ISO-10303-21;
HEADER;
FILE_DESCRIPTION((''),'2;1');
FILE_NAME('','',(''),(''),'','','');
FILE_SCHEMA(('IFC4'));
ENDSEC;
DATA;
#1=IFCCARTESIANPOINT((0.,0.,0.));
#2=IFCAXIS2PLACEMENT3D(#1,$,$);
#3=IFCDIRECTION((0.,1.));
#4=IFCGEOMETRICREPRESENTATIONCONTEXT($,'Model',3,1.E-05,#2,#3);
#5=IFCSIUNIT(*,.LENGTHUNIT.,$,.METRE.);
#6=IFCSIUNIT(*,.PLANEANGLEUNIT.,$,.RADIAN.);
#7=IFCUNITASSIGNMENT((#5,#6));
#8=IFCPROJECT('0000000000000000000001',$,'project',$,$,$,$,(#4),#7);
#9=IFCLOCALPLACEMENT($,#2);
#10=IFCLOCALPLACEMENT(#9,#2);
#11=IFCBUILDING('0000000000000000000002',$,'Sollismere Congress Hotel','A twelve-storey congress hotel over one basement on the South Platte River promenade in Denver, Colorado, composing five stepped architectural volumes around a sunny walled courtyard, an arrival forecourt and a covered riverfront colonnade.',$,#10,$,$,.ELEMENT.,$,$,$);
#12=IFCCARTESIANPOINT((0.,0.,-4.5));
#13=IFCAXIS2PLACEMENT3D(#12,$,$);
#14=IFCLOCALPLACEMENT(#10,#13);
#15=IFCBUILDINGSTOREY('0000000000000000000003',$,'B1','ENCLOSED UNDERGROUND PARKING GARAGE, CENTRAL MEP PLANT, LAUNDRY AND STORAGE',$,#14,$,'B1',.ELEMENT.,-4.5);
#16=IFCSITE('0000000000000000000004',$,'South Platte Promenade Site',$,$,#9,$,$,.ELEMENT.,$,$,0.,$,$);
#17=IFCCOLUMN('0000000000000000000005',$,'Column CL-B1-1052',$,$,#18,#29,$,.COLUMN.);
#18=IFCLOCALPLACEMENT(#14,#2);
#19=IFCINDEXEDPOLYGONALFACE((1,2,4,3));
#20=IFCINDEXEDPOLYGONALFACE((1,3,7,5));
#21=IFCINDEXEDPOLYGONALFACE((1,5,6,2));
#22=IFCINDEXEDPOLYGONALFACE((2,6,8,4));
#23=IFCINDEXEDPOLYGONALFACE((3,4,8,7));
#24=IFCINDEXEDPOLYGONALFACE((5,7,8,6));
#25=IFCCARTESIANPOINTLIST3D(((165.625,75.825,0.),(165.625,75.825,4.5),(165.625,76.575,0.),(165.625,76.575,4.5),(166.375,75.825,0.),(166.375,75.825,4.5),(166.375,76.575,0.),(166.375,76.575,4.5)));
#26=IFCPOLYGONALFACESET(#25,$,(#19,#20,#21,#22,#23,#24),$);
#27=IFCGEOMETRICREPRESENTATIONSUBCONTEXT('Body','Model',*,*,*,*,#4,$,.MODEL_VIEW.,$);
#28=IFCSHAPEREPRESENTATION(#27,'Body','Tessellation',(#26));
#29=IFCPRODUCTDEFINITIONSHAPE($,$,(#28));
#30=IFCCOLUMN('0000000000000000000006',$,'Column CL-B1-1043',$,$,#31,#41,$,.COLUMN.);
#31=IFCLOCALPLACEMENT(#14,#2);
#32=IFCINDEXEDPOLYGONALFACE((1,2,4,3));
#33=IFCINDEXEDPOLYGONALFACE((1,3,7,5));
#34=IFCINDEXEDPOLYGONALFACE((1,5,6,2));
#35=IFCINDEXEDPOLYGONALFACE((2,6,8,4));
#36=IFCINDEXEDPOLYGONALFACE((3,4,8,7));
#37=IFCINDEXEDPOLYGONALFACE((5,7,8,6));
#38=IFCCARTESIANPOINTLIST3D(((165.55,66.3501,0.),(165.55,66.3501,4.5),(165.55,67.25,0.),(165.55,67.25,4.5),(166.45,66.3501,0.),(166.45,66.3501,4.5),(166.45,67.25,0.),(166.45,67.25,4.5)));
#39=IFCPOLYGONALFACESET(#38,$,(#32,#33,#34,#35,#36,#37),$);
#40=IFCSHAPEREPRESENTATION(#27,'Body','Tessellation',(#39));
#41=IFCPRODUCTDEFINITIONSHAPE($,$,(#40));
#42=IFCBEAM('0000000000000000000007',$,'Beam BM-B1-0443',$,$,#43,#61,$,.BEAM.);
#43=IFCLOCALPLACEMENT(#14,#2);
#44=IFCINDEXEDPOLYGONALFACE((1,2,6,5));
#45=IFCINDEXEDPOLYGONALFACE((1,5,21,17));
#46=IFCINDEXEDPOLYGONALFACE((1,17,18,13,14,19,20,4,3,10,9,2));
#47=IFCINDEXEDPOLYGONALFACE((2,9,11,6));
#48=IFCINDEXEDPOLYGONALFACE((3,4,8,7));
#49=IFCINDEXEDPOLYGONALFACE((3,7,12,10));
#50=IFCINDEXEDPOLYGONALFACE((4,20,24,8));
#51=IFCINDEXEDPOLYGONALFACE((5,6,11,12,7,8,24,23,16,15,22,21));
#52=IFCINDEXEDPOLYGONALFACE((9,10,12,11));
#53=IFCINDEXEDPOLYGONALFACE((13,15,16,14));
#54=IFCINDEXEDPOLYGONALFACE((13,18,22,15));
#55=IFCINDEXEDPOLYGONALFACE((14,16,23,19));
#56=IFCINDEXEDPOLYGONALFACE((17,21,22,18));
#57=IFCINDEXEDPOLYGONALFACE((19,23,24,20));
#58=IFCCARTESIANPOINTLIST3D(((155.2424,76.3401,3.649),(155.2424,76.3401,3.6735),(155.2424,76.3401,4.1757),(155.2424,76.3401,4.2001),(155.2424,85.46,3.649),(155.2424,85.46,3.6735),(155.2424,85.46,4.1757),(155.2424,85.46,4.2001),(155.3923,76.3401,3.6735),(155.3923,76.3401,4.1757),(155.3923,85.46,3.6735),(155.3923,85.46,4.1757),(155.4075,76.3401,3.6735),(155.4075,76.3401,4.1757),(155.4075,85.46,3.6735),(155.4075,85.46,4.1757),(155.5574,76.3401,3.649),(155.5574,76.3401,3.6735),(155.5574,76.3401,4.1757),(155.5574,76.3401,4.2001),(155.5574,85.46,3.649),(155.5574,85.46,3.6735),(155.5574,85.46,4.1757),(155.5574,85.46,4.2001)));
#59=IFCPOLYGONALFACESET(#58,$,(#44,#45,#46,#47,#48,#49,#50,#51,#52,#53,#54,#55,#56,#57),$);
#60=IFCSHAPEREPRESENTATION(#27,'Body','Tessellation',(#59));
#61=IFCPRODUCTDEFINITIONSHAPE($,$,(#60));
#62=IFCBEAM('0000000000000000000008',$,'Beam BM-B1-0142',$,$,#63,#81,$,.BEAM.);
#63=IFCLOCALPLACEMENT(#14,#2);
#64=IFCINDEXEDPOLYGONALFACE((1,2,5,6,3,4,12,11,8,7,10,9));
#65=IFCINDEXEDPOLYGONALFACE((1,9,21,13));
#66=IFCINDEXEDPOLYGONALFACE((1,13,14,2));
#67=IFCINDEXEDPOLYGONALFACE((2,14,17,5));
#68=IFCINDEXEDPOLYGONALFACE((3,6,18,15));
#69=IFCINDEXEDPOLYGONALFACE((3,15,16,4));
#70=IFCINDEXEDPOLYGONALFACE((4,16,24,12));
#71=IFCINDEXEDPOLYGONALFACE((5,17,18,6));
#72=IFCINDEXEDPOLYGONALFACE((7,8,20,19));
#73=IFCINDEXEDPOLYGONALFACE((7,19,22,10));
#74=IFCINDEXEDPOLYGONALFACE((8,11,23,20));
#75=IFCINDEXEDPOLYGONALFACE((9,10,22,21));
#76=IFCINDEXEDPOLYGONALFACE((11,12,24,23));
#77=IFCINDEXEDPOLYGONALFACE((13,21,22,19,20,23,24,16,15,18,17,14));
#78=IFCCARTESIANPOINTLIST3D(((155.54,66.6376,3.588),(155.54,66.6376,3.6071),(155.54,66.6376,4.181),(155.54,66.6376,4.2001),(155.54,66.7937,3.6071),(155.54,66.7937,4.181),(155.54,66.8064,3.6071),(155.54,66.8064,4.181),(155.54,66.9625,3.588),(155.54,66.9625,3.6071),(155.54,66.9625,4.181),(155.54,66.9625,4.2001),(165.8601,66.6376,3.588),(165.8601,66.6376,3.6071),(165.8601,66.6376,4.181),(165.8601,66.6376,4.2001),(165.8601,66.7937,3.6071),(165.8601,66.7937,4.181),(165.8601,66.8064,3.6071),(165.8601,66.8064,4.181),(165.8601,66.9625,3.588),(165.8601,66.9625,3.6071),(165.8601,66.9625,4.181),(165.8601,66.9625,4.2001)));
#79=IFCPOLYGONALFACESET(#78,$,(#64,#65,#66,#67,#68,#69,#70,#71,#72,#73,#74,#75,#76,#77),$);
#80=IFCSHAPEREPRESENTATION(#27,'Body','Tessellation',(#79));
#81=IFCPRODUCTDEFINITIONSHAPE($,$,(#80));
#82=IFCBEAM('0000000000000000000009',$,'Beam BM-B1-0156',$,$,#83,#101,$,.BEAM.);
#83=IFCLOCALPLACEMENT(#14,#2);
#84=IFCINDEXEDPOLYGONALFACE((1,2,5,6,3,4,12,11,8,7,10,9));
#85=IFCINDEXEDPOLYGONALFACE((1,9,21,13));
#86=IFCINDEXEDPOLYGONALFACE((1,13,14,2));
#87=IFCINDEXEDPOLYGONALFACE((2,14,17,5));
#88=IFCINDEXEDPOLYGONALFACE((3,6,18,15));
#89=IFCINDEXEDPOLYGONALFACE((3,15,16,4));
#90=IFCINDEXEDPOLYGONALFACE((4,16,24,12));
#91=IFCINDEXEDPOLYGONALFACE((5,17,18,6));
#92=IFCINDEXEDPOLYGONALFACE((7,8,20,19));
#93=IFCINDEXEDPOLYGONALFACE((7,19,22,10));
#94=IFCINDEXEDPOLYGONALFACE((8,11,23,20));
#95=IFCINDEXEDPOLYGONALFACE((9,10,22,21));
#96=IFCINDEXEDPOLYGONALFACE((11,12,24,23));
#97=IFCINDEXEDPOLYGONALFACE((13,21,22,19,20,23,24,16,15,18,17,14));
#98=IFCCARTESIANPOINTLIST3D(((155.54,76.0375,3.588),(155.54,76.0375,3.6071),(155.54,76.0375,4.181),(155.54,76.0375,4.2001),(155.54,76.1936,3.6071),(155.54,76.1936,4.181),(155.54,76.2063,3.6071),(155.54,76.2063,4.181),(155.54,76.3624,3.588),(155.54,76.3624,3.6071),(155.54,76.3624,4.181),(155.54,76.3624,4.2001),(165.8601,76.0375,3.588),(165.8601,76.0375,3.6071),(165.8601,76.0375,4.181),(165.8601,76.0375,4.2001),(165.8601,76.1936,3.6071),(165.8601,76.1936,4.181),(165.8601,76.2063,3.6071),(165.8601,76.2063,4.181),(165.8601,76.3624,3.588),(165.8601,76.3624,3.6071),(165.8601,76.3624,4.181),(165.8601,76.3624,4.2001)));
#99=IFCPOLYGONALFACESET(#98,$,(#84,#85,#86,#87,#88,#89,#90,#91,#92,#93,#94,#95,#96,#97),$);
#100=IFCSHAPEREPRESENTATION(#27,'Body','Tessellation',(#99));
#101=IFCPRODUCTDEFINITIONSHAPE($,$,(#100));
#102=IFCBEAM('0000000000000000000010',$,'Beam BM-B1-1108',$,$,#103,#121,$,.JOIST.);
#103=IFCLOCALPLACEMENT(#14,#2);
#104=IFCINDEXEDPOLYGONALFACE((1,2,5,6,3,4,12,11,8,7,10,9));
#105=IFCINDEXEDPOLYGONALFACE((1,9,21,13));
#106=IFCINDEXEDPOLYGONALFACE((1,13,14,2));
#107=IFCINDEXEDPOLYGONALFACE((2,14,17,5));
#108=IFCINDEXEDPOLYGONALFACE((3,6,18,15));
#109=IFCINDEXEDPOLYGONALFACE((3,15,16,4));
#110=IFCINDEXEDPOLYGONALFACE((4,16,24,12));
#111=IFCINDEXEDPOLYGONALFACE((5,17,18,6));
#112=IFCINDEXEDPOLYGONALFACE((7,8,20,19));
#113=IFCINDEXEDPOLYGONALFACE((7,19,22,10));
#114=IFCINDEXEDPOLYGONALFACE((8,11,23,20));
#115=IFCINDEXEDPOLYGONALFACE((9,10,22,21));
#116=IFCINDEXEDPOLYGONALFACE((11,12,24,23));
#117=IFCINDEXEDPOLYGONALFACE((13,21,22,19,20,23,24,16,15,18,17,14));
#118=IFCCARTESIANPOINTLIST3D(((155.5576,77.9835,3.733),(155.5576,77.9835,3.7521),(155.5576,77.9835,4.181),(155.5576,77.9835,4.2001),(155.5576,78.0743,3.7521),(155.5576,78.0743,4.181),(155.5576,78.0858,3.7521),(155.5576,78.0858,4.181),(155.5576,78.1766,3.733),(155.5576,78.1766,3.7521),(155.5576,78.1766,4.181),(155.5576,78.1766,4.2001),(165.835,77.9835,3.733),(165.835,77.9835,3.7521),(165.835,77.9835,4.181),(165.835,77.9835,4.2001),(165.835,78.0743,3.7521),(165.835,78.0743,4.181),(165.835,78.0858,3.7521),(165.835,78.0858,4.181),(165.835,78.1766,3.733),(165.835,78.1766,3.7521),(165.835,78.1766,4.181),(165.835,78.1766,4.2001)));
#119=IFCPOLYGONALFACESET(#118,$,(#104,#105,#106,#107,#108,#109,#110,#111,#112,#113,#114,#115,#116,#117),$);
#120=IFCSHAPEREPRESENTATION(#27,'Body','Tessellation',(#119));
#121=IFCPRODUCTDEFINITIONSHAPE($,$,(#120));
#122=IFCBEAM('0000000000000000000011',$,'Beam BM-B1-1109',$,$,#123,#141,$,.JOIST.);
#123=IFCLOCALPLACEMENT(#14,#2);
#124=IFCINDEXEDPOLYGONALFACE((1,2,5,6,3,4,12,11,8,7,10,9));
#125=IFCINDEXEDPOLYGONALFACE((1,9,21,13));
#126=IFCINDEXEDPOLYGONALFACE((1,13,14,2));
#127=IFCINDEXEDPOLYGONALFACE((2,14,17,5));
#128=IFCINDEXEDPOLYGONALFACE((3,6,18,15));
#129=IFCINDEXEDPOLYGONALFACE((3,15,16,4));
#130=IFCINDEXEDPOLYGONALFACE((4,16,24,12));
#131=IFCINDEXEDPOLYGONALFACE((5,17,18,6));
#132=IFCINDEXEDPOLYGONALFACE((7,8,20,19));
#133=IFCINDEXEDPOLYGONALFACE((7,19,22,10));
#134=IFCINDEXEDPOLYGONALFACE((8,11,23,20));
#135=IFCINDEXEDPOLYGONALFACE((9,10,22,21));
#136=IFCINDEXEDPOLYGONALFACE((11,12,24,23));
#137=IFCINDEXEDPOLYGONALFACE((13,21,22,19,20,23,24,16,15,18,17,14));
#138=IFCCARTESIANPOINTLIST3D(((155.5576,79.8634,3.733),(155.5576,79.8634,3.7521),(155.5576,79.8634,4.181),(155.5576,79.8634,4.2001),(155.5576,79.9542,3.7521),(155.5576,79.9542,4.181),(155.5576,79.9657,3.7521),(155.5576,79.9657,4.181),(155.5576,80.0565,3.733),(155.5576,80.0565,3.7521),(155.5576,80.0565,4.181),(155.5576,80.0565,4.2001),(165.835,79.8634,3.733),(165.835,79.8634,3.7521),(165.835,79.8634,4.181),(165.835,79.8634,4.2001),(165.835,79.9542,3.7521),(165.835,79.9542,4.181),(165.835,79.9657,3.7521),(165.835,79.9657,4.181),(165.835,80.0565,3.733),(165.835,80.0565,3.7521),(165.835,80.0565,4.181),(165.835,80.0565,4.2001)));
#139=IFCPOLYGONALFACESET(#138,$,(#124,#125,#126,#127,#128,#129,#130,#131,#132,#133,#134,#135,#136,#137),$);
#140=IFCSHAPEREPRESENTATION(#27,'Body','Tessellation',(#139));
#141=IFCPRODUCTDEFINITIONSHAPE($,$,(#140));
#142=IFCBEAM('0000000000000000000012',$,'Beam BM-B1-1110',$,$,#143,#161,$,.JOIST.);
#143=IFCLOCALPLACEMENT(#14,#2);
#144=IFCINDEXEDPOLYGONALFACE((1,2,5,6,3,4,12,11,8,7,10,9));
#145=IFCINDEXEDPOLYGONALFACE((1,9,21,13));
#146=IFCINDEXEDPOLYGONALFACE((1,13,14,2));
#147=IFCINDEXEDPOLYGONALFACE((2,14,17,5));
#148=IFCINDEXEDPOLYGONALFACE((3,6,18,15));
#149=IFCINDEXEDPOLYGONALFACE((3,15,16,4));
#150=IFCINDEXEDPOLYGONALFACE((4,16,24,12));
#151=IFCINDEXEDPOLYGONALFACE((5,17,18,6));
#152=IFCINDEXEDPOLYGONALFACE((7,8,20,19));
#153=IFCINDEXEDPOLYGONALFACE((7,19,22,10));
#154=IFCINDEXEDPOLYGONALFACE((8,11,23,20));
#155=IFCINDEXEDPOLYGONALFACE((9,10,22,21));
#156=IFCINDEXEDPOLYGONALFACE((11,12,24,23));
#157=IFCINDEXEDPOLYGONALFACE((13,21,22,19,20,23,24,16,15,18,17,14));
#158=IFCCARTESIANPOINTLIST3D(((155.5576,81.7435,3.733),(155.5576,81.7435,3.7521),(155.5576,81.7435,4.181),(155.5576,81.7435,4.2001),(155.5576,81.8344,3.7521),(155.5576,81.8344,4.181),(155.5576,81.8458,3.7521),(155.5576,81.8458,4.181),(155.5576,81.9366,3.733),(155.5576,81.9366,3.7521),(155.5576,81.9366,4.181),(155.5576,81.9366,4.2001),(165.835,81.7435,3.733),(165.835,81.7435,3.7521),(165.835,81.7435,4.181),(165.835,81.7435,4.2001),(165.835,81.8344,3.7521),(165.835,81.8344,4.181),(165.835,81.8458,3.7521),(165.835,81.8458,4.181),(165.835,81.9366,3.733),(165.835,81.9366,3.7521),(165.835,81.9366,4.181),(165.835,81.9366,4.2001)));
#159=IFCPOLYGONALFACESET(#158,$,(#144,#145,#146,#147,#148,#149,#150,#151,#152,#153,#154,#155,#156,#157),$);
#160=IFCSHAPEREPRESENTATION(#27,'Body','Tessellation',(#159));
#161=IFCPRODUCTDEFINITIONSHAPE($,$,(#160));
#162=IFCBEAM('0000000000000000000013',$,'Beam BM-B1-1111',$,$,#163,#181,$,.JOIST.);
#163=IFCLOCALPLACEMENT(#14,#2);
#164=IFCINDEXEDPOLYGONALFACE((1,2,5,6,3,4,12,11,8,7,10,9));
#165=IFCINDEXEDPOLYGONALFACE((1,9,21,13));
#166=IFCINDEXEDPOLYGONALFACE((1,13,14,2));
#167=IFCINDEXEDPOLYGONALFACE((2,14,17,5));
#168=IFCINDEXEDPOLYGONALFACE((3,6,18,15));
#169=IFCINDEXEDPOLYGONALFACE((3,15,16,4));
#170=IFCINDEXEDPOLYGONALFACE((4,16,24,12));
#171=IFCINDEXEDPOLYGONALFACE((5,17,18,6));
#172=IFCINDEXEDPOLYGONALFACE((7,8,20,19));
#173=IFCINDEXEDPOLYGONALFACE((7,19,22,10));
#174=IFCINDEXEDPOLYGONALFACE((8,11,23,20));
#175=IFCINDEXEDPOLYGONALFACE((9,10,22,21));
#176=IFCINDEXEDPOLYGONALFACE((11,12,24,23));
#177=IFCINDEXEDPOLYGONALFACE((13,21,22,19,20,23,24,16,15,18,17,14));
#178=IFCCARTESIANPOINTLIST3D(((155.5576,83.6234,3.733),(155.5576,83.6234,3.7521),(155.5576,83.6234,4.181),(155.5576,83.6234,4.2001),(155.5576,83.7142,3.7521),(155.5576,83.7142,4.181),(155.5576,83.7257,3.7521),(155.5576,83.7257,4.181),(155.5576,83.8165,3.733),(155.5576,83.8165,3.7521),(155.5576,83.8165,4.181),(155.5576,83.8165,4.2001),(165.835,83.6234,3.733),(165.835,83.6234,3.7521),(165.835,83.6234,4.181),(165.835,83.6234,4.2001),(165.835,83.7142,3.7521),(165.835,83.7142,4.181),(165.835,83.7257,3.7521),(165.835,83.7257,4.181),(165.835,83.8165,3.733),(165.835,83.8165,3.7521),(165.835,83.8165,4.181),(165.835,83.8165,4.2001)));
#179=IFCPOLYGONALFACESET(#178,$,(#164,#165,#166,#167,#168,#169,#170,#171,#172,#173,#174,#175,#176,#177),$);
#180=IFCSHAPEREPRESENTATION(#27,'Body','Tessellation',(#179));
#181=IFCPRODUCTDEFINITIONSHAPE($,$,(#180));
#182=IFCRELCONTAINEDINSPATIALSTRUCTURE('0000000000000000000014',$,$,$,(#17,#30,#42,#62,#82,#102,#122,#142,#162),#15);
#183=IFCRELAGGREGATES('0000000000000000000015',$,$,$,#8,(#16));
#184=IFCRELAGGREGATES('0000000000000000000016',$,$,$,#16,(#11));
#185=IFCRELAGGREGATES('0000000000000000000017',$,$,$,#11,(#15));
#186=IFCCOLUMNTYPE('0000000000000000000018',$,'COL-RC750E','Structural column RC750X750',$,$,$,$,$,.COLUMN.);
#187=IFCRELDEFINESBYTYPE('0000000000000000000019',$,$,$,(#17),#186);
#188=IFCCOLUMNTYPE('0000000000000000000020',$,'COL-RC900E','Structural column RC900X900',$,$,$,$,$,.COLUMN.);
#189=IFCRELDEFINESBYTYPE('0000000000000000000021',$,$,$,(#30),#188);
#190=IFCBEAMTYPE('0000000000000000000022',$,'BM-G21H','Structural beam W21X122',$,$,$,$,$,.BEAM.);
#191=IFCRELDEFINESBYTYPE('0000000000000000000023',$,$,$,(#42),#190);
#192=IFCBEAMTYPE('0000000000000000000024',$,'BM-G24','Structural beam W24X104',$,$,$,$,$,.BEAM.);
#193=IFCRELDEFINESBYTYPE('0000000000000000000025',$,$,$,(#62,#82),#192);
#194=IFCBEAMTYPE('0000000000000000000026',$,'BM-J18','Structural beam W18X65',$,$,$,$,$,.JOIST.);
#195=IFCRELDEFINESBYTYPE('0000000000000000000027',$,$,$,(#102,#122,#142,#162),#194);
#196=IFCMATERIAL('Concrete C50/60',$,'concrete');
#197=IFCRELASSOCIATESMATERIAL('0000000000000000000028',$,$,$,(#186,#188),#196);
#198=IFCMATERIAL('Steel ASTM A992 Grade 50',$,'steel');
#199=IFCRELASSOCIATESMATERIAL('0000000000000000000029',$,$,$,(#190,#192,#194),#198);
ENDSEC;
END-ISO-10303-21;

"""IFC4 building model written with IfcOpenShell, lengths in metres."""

from ifc_helpers import new_model, si_unit, direction, frame, origin, origin_2d, place, context, subcontext, project, spatial, rectangle, i_section, extrude, material, material_profile, profile_set, type_object, element, save


model = new_model("IFC4")

# Units and contexts
model_context = context("Model", 3, precision=1e-05, world=origin(), true_north=direction((0.0, 1.0)))
body_context = subcontext(model_context, "Body", "Model", "MODEL_VIEW")
ifc_project = project(units=[si_unit("LENGTHUNIT", "METRE"), si_unit("PLANEANGLEUNIT", "RADIAN")], contexts=[model_context])

# Site, building, storey
site_placement = place(None, origin())
site = spatial("IfcSite", under=ifc_project, at=site_placement, Name="South Platte Promenade Site", CompositionType="ELEMENT", RefElevation=0.0)
building_placement = place(site_placement, origin())
building = spatial("IfcBuilding", under=site, at=building_placement, Name="Sollismere Congress Hotel", Description="A twelve-storey congress hotel over one basement on the South Platte River promenade in Denver, Colorado, composing five stepped architectural volumes around a sunny walled courtyard, an arrival forecourt and a covered riverfront colonnade.", CompositionType="ELEMENT")
storey_placement = place(building_placement, frame((0.0, 0.0, -4.5)))
storey = spatial("IfcBuildingStorey", under=building, at=storey_placement, Name="B1", Description="ENCLOSED UNDERGROUND PARKING GARAGE, CENTRAL MEP PLANT, LAUNDRY AND STORAGE", LongName="B1", CompositionType="ELEMENT", Elevation=-4.5)

# Columns
ifc_material_1 = material(Name="Concrete C50/60", Category="concrete")
ifc_material_profile_1 = material_profile(ifc_material_1, rectangle(XDim=0.75, YDim=0.75, at=origin_2d()), Name="RC750X750")
ifc_profile_set_1 = profile_set([ifc_material_profile_1], Name="Concrete C50/60")
column_type_1 = type_object("IfcColumnType", Name="COL-RC750E", Description="Structural column RC750X750", PredefinedType="COLUMN", material=ifc_profile_set_1)
column_1_placement = place(storey_placement, frame((166.0, 76.2, 0.0), z_axis=(0.0, 0.0, 1.0), x_axis=(1.0, 0.0, 0.0)))
element("IfcColumn", 1, at=column_1_placement, inside=storey, type_object=column_type_1, Name="Column CL-B1-1052", PredefinedType="COLUMN", context=body_context, shape_type="SweptSolid", body=[
    extrude(rectangle(XDim=0.75, YDim=0.75, at=origin_2d()), origin(), (0.0, 0.0, 1.0), 4.5),
])
ifc_material_profile_2 = material_profile(ifc_material_1, rectangle(XDim=0.8999, YDim=0.8999, at=origin_2d()), Name="RC900X900")
ifc_profile_set_2 = profile_set([ifc_material_profile_2], Name="Concrete C50/60")
column_type_2 = type_object("IfcColumnType", Name="COL-RC900E", Description="Structural column RC900X900", PredefinedType="COLUMN", material=ifc_profile_set_2)
column_2_placement = place(storey_placement, frame((166.0, 66.8, 0.0), z_axis=(0.0, 0.0, 1.0), x_axis=(1.0, 0.0, 0.0)))
element("IfcColumn", 2, at=column_2_placement, inside=storey, type_object=column_type_2, Name="Column CL-B1-1043", PredefinedType="COLUMN", context=body_context, shape_type="SweptSolid", body=[
    extrude(rectangle(XDim=0.8999, YDim=0.8999, at=origin_2d()), origin(), (0.0, 0.0, 1.0), 4.5),
])

# Beams
ifc_material_2 = material(Name="Steel ASTM A992 Grade 50", Category="steel")
ifc_material_profile_3 = material_profile(ifc_material_2, i_section(OverallWidth=0.3149, OverallDepth=0.551, WebThickness=0.0151, FlangeThickness=0.0244, at=origin_2d()), Name="W21X122")
ifc_profile_set_3 = profile_set([ifc_material_profile_3], Name="Steel ASTM A992 Grade 50")
beam_type_1 = type_object("IfcBeamType", Name="BM-G21H", Description="Structural beam W21X122", PredefinedType="BEAM", material=ifc_profile_set_3)
beam_1_placement = place(storey_placement, frame((155.3999, 76.3401, 3.9246), z_axis=(0.0, 1.0, 0.0), x_axis=(-1.0, 0.0, 0.0)))
element("IfcBeam", 3, at=beam_1_placement, inside=storey, type_object=beam_type_1, Name="Beam BM-B1-0443", PredefinedType="BEAM", context=body_context, shape_type="SweptSolid", body=[
    extrude(i_section(OverallWidth=0.3149, OverallDepth=0.551, WebThickness=0.0151, FlangeThickness=0.0244, at=origin_2d()), origin(), (0.0, 0.0, 1.0), 9.1199),
])
ifc_material_profile_4 = material_profile(ifc_material_2, i_section(OverallWidth=0.325, OverallDepth=0.6121, WebThickness=0.0127, FlangeThickness=0.019, at=origin_2d()), Name="W24X104")
ifc_profile_set_4 = profile_set([ifc_material_profile_4], Name="Steel ASTM A992 Grade 50")
beam_type_2 = type_object("IfcBeamType", Name="BM-G24", Description="Structural beam W24X104", PredefinedType="BEAM", material=ifc_profile_set_4)
for number, where, z_axis, x_axis, name in (
    (4, (155.54, 66.8, 3.894), (1.0, 0.0, 0.0), (0.0, 1.0, 0.0), "Beam BM-B1-0142"),
    (5, (155.54, 76.2, 3.894), (1.0, 0.0, 0.0), (0.0, 1.0, 0.0), "Beam BM-B1-0156"),
):
    element("IfcBeam", number, at=place(storey_placement, frame(where, z_axis=z_axis, x_axis=x_axis)), inside=storey, type_object=beam_type_2, Name=name, PredefinedType="BEAM", context=body_context, shape_type="SweptSolid", body=[
        extrude(i_section(OverallWidth=0.325, OverallDepth=0.6121, WebThickness=0.0127, FlangeThickness=0.019, at=origin_2d()), origin(), (0.0, 0.0, 1.0), 10.3201),
    ])
ifc_material_profile_5 = material_profile(ifc_material_2, i_section(OverallWidth=0.1931, OverallDepth=0.467, WebThickness=0.0115, FlangeThickness=0.019, at=origin_2d()), Name="W18X65")
ifc_profile_set_5 = profile_set([ifc_material_profile_5], Name="Steel ASTM A992 Grade 50")
beam_type_3 = type_object("IfcBeamType", Name="BM-J18", Description="Structural beam W18X65", PredefinedType="JOIST", material=ifc_profile_set_5)
for number, where, z_axis, x_axis, name in (
    (6, (155.5576, 78.0801, 3.9666), (1.0, 0.0, 0.0), (0.0, 1.0, 0.0), "Beam BM-B1-1108"),
    (7, (155.5576, 79.96, 3.9666), (1.0, 0.0, 0.0), (0.0, 1.0, 0.0), "Beam BM-B1-1109"),
    (8, (155.5576, 81.8401, 3.9666), (1.0, 0.0, 0.0), (0.0, 1.0, 0.0), "Beam BM-B1-1110"),
    (9, (155.5576, 83.72, 3.9666), (1.0, 0.0, 0.0), (0.0, 1.0, 0.0), "Beam BM-B1-1111"),
):
    element("IfcBeam", number, at=place(storey_placement, frame(where, z_axis=z_axis, x_axis=x_axis)), inside=storey, type_object=beam_type_3, Name=name, PredefinedType="JOIST", context=body_context, shape_type="SweptSolid", body=[
        extrude(i_section(OverallWidth=0.1931, OverallDepth=0.467, WebThickness=0.0115, FlangeThickness=0.019, at=origin_2d()), origin(), (0.0, 0.0, 1.0), 10.2773),
    ])

save(model, "model.ifc")
